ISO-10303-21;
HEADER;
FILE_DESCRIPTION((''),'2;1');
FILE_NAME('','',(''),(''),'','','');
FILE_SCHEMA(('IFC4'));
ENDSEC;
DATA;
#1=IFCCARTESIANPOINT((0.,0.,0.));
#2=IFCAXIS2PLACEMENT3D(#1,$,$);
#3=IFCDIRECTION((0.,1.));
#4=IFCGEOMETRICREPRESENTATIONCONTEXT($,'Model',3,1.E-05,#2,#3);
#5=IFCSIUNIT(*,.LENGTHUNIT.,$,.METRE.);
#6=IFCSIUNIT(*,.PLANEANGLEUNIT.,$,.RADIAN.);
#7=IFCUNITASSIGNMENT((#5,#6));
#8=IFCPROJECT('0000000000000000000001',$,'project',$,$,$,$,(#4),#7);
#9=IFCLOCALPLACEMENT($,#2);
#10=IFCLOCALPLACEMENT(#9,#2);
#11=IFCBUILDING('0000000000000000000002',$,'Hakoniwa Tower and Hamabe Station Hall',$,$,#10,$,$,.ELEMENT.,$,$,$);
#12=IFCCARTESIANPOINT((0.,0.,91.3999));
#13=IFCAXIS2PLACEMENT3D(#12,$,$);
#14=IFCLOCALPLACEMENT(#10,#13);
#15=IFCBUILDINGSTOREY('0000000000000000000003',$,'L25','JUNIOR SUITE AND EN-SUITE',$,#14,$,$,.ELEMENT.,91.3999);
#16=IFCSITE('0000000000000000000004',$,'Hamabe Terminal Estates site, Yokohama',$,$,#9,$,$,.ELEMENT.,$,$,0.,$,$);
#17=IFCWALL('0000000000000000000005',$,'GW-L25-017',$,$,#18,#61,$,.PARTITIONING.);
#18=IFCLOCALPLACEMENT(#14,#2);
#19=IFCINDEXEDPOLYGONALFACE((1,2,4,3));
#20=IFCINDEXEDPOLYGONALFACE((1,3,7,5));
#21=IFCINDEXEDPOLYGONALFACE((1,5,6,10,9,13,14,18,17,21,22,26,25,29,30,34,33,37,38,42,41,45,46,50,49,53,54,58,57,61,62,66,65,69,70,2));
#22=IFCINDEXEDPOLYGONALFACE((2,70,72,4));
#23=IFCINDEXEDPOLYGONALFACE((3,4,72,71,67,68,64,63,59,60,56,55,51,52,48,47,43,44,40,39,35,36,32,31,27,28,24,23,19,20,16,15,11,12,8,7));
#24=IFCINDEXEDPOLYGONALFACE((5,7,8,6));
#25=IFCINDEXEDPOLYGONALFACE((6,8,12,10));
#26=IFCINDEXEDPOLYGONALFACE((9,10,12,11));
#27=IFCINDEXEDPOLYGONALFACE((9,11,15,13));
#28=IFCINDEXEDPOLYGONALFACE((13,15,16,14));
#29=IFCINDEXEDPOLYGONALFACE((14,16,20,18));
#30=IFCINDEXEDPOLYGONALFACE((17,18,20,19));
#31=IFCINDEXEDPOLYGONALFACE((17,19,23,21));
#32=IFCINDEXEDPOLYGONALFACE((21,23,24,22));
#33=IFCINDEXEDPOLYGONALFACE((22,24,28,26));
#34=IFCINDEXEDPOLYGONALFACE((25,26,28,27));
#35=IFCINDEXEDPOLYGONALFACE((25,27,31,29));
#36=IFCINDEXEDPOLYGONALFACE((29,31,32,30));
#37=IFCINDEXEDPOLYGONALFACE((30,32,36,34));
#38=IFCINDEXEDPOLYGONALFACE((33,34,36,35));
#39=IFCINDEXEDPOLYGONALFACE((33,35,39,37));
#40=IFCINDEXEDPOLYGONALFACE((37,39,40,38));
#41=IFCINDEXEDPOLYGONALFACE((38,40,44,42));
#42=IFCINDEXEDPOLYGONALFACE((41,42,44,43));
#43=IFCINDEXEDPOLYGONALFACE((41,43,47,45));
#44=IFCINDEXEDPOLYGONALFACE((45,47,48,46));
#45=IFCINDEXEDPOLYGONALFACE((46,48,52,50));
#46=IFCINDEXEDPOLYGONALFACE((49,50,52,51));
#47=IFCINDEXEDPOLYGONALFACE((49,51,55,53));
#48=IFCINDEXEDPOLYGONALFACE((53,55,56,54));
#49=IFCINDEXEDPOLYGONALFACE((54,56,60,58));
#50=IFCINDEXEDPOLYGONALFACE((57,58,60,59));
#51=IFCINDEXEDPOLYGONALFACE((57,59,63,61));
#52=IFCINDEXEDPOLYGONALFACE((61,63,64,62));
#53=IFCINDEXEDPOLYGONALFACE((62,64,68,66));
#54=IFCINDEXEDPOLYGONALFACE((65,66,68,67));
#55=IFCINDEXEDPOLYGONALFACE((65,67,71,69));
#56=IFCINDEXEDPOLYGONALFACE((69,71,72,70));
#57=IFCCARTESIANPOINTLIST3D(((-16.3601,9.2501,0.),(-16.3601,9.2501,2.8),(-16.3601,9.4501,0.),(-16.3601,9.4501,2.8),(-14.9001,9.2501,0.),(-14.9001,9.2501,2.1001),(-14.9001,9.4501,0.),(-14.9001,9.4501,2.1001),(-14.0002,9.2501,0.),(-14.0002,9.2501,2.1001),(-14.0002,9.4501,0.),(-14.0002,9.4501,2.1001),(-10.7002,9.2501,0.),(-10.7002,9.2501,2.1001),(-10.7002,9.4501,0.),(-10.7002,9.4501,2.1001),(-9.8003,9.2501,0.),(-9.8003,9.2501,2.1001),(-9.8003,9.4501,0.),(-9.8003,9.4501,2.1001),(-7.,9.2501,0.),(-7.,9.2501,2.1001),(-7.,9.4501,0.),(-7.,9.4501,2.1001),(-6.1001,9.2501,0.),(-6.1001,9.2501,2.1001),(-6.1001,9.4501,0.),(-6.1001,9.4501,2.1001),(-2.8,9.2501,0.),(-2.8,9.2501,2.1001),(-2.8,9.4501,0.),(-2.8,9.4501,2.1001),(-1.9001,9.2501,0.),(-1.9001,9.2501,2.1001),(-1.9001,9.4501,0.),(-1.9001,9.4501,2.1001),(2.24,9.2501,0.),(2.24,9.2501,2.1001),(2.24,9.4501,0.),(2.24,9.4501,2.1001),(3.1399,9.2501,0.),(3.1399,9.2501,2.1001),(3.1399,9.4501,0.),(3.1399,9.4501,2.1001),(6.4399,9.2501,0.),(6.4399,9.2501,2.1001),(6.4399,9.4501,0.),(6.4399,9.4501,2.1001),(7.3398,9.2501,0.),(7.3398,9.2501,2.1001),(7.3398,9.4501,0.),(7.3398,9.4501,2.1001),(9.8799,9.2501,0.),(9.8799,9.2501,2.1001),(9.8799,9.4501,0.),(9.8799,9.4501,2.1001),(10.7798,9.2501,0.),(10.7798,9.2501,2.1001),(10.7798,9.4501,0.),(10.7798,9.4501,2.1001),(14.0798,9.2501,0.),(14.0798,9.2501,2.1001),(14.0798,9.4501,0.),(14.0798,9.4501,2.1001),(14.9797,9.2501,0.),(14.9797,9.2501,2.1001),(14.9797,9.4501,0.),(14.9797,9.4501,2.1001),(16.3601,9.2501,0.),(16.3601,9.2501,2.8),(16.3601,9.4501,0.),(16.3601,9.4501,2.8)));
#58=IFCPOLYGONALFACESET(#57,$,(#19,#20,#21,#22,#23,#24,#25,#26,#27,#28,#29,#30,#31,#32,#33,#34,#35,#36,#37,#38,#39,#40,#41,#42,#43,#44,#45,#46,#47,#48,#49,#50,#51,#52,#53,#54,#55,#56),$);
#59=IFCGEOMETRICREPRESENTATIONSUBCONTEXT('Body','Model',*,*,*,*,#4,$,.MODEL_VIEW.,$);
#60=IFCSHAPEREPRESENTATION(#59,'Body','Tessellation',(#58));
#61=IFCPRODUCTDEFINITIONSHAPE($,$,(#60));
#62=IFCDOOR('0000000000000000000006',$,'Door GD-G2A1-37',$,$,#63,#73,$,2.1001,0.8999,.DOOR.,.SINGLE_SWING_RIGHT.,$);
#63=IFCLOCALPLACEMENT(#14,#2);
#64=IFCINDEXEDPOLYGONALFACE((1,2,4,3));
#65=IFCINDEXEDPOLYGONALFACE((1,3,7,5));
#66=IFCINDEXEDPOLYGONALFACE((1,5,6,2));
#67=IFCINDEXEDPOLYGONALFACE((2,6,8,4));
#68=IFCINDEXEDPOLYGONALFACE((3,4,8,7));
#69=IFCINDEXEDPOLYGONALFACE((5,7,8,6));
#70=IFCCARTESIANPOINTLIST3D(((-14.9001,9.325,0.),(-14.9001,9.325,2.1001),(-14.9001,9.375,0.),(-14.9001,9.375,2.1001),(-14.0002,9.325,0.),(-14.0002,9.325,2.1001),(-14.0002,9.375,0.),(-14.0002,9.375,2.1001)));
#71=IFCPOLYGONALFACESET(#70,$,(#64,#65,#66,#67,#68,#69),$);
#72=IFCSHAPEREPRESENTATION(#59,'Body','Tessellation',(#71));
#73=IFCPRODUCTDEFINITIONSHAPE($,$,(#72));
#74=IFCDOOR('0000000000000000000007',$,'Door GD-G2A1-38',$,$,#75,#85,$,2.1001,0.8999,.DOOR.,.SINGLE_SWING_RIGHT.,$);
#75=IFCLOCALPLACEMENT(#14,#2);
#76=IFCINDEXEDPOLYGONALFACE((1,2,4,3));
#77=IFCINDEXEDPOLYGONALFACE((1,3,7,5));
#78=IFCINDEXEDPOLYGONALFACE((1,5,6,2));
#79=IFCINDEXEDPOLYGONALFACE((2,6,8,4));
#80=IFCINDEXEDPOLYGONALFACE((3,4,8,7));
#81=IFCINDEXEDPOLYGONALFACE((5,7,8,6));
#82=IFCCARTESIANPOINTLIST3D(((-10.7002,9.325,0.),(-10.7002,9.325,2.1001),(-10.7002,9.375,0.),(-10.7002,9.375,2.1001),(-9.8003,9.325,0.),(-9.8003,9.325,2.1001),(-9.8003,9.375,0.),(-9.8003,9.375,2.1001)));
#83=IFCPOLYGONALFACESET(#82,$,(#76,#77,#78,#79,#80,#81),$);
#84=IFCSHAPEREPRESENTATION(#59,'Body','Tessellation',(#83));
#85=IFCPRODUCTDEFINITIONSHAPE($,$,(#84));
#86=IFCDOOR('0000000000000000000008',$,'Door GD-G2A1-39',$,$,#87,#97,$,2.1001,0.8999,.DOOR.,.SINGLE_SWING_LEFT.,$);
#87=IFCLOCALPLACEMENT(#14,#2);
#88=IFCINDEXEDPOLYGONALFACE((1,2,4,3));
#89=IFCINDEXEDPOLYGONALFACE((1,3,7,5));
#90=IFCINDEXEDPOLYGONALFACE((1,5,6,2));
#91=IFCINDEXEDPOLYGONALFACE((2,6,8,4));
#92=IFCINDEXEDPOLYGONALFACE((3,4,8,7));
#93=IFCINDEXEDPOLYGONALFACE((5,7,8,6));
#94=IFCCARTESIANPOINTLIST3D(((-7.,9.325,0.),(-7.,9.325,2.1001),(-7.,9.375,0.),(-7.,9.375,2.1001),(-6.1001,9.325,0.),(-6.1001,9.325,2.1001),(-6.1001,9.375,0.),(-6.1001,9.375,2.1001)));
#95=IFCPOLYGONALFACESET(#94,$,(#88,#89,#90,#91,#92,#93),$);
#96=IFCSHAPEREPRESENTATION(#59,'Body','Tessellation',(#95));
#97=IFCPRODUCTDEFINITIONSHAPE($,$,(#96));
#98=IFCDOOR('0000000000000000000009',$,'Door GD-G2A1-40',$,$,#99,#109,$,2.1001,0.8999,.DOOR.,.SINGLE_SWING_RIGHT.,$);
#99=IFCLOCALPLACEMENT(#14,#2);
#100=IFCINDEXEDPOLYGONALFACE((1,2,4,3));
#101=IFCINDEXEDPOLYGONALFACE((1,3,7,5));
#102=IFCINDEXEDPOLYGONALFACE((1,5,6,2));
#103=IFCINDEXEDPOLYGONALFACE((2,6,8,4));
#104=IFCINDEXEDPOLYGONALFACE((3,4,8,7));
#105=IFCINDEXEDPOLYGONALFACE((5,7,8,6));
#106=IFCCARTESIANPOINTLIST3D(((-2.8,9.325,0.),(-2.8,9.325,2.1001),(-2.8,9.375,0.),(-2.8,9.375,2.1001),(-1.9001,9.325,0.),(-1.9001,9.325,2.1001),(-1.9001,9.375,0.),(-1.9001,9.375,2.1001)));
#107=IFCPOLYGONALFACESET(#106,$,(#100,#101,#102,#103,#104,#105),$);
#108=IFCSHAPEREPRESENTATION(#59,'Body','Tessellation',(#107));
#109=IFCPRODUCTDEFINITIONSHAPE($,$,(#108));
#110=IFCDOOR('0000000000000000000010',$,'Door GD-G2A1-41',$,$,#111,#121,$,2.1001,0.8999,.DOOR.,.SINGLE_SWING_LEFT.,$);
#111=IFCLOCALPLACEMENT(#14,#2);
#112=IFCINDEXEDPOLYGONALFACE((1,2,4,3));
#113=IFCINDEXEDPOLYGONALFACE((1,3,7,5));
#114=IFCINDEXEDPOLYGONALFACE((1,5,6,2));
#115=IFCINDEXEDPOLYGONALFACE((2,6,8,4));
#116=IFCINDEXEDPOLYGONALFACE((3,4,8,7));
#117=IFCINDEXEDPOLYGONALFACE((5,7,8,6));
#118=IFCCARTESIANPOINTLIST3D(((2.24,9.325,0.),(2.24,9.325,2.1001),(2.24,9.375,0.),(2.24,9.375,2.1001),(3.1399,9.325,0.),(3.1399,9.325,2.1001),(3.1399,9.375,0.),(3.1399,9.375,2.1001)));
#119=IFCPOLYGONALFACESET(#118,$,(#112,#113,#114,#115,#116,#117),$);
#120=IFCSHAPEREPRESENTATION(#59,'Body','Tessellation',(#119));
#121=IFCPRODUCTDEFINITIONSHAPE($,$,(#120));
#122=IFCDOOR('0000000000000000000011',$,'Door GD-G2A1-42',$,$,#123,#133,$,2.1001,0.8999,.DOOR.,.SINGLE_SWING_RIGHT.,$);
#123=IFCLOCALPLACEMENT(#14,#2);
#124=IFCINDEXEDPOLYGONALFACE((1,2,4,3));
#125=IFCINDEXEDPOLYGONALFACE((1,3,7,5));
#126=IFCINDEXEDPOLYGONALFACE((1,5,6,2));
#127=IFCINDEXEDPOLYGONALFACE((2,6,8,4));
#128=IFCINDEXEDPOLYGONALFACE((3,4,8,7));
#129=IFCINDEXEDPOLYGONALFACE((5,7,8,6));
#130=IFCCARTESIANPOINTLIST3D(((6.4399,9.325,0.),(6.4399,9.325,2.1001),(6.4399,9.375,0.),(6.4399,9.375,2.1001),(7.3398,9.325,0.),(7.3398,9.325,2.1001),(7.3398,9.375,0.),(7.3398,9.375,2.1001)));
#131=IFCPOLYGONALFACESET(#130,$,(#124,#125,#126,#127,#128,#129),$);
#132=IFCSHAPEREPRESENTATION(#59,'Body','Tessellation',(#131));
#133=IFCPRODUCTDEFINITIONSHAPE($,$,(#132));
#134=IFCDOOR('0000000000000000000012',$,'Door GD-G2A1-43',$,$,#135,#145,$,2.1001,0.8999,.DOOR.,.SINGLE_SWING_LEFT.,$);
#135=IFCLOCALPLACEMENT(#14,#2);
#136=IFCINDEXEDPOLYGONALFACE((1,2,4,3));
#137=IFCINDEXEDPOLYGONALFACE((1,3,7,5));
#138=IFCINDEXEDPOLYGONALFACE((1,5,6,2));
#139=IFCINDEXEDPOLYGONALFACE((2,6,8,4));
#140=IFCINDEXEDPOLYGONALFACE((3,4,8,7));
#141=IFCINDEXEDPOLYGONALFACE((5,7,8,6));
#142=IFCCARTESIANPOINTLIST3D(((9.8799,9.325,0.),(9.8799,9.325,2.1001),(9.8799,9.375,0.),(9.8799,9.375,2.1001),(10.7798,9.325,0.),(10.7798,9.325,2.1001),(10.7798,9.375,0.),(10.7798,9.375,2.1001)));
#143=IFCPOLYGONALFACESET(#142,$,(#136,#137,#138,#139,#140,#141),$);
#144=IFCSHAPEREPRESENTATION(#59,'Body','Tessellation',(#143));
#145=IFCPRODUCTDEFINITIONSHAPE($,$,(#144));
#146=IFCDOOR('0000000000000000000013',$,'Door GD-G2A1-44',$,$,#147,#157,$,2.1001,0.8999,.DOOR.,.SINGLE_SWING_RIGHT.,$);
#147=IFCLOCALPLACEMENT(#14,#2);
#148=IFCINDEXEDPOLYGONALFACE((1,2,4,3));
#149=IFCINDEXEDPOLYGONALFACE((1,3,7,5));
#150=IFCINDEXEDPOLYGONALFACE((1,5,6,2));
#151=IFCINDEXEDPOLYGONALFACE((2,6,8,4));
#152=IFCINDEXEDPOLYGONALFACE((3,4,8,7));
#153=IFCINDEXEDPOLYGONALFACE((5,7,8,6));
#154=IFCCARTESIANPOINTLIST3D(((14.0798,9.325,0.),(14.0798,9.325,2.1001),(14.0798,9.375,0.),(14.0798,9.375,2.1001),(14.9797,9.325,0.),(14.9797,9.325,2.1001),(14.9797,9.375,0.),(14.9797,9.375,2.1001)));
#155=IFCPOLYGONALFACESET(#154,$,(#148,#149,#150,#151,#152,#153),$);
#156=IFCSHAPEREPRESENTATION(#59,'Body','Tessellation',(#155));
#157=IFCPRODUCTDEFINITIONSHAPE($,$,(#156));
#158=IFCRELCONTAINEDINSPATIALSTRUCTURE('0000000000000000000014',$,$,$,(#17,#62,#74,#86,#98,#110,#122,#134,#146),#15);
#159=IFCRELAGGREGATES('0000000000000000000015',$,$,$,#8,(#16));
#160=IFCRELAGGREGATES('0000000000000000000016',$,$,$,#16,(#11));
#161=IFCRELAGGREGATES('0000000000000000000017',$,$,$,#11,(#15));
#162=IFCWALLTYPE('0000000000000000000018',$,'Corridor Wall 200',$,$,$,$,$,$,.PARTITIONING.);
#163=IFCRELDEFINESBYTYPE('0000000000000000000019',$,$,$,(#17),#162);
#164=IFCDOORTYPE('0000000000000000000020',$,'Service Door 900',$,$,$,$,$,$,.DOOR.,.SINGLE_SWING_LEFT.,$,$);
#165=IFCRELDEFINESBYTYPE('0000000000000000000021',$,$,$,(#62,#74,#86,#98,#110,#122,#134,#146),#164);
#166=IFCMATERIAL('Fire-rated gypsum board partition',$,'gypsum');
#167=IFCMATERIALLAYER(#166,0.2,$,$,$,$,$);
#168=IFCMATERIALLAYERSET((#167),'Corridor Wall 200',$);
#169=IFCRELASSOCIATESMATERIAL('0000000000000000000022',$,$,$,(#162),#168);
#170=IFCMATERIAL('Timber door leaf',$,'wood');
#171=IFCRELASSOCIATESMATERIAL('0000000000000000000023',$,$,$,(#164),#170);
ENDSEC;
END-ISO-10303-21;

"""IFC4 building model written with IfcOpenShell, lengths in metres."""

from ifc_helpers import new_model, si_unit, direction, frame, frame_2d, origin, place, context, subcontext, project, spatial, rectangle, extrude, material, layer, layer_set, type_object, element, fill, save


model = new_model("IFC4")

# Units and contexts
model_context = context("Model", 3, precision=1e-05, world=origin(), true_north=direction((0.0, 1.0)))
body_context = subcontext(model_context, "Body", "Model", "MODEL_VIEW")
ifc_project = project(units=[si_unit("LENGTHUNIT", "METRE"), si_unit("PLANEANGLEUNIT", "RADIAN")], contexts=[model_context])

# Site, building, storey
site_placement = place(None, origin())
site = spatial("IfcSite", under=ifc_project, at=site_placement, Name="Hamabe Terminal Estates site, Yokohama", CompositionType="ELEMENT", RefElevation=0.0)
building_placement = place(site_placement, origin())
building = spatial("IfcBuilding", under=site, at=building_placement, Name="Hakoniwa Tower and Hamabe Station Hall", CompositionType="ELEMENT")
storey_placement = place(building_placement, frame((0.0, 0.0, 91.3999)))
storey = spatial("IfcBuildingStorey", under=building, at=storey_placement, Name="L25", Description="JUNIOR SUITE AND EN-SUITE", CompositionType="ELEMENT", Elevation=91.3999)

# Wall, openings, doors
ifc_material_1 = material(Name="Fire-rated gypsum board partition", Category="gypsum")
ifc_layer_1 = layer(ifc_material_1, 0.2)
ifc_layer_set_1 = layer_set([ifc_layer_1], Name="Corridor Wall 200")
wall_type_1 = type_object("IfcWallType", Name="Corridor Wall 200", PredefinedType="PARTITIONING", material=ifc_layer_set_1)
wall_1_placement = place(storey_placement, frame((-16.3601, 9.3501, 0.0), z_axis=(0.0, 0.0, 1.0), x_axis=(1.0, 0.0, 0.0)))
wall_1 = element("IfcWall", 1, at=wall_1_placement, inside=storey, type_object=wall_type_1, Name="GW-L25-017", PredefinedType="PARTITIONING", context=body_context, shape_type="SweptSolid", body=[
    extrude(rectangle(XDim=32.7202, YDim=0.2, at=frame_2d((16.3601, 0.0))), origin(), (0.0, 0.0, 1.0), 2.8),
])
opening_1_placement = place(wall_1_placement, frame((1.46, 0.0, 0.0)))
opening_1 = element("IfcOpeningElement", 2, at=opening_1_placement, cuts=wall_1, PredefinedType="OPENING", context=body_context, shape_type="SweptSolid", body=[
    extrude(rectangle(XDim=0.8999, YDim=2.1001, at=frame_2d((0.45, 1.05))), frame((0.0, 0.1099, 0.0), z_axis=(0.0, -1.0, 0.0), x_axis=(1.0, 0.0, 0.0)), (0.0, 0.0, 1.0), 0.22),
])
opening_2_placement = place(wall_1_placement, frame((5.6599, 0.0, 0.0)))
opening_2 = element("IfcOpeningElement", 3, at=opening_2_placement, cuts=wall_1, PredefinedType="OPENING", context=body_context, shape_type="SweptSolid", body=[
    extrude(rectangle(XDim=0.8999, YDim=2.1001, at=frame_2d((0.45, 1.05))), frame((0.0, 0.1099, 0.0), z_axis=(0.0, -1.0, 0.0), x_axis=(1.0, 0.0, 0.0)), (0.0, 0.0, 1.0), 0.22),
])
opening_3_placement = place(wall_1_placement, frame((9.3601, 0.0, 0.0)))
opening_3 = element("IfcOpeningElement", 4, at=opening_3_placement, cuts=wall_1, PredefinedType="OPENING", context=body_context, shape_type="SweptSolid", body=[
    extrude(rectangle(XDim=0.8999, YDim=2.1001, at=frame_2d((0.45, 1.05))), frame((0.0, 0.1099, 0.0), z_axis=(0.0, -1.0, 0.0), x_axis=(1.0, 0.0, 0.0)), (0.0, 0.0, 1.0), 0.22),
])
opening_4_placement = place(wall_1_placement, frame((13.5601, 0.0, 0.0)))
opening_4 = element("IfcOpeningElement", 5, at=opening_4_placement, cuts=wall_1, PredefinedType="OPENING", context=body_context, shape_type="SweptSolid", body=[
    extrude(rectangle(XDim=0.8999, YDim=2.1001, at=frame_2d((0.45, 1.05))), frame((0.0, 0.1099, 0.0), z_axis=(0.0, -1.0, 0.0), x_axis=(1.0, 0.0, 0.0)), (0.0, 0.0, 1.0), 0.22),
])
opening_5_placement = place(wall_1_placement, frame((18.6001, 0.0, 0.0)))
opening_5 = element("IfcOpeningElement", 6, at=opening_5_placement, cuts=wall_1, PredefinedType="OPENING", context=body_context, shape_type="SweptSolid", body=[
    extrude(rectangle(XDim=0.8999, YDim=2.1001, at=frame_2d((0.45, 1.05))), frame((0.0, 0.1099, 0.0), z_axis=(0.0, -1.0, 0.0), x_axis=(1.0, 0.0, 0.0)), (0.0, 0.0, 1.0), 0.22),
])
opening_6_placement = place(wall_1_placement, frame((22.8, 0.0, 0.0)))
opening_6 = element("IfcOpeningElement", 7, at=opening_6_placement, cuts=wall_1, PredefinedType="OPENING", context=body_context, shape_type="SweptSolid", body=[
    extrude(rectangle(XDim=0.8999, YDim=2.1001, at=frame_2d((0.45, 1.05))), frame((0.0, 0.1099, 0.0), z_axis=(0.0, -1.0, 0.0), x_axis=(1.0, 0.0, 0.0)), (0.0, 0.0, 1.0), 0.22),
])
opening_7_placement = place(wall_1_placement, frame((26.24, 0.0, 0.0)))
opening_7 = element("IfcOpeningElement", 8, at=opening_7_placement, cuts=wall_1, PredefinedType="OPENING", context=body_context, shape_type="SweptSolid", body=[
    extrude(rectangle(XDim=0.8999, YDim=2.1001, at=frame_2d((0.45, 1.05))), frame((0.0, 0.1099, 0.0), z_axis=(0.0, -1.0, 0.0), x_axis=(1.0, 0.0, 0.0)), (0.0, 0.0, 1.0), 0.22),
])
opening_8_placement = place(wall_1_placement, frame((30.4399, 0.0, 0.0)))
opening_8 = element("IfcOpeningElement", 9, at=opening_8_placement, cuts=wall_1, PredefinedType="OPENING", context=body_context, shape_type="SweptSolid", body=[
    extrude(rectangle(XDim=0.8999, YDim=2.1001, at=frame_2d((0.45, 1.05))), frame((0.0, 0.1099, 0.0), z_axis=(0.0, -1.0, 0.0), x_axis=(1.0, 0.0, 0.0)), (0.0, 0.0, 1.0), 0.22),
])
ifc_material_2 = material(Name="Timber door leaf", Category="wood")
door_type = type_object("IfcDoorType", Name="Service Door 900", OperationType="SINGLE_SWING_LEFT", PredefinedType="DOOR", material=ifc_material_2)
door_1_placement = place(opening_1_placement, origin())
door_1 = element("IfcDoor", 10, at=door_1_placement, inside=storey, type_object=door_type, Name="Door GD-G2A1-37", OperationType="SINGLE_SWING_RIGHT", OverallHeight=2.1001, OverallWidth=0.8999, PredefinedType="DOOR", context=body_context, shape_type="SweptSolid", body=[
    extrude(rectangle(XDim=0.8999, YDim=2.1001, at=frame_2d((0.45, 1.05))), frame((0.0, 0.0249, 0.0), z_axis=(0.0, -1.0, 0.0), x_axis=(1.0, 0.0, 0.0)), (0.0, 0.0, 1.0), 0.05),
])
fill(opening_1, door_1)
door_2_placement = place(opening_2_placement, origin())
door_2 = element("IfcDoor", 11, at=door_2_placement, inside=storey, type_object=door_type, Name="Door GD-G2A1-38", OperationType="SINGLE_SWING_RIGHT", OverallHeight=2.1001, OverallWidth=0.8999, PredefinedType="DOOR", context=body_context, shape_type="SweptSolid", body=[
    extrude(rectangle(XDim=0.8999, YDim=2.1001, at=frame_2d((0.45, 1.05))), frame((0.0, 0.0249, 0.0), z_axis=(0.0, -1.0, 0.0), x_axis=(1.0, 0.0, 0.0)), (0.0, 0.0, 1.0), 0.05),
])
fill(opening_2, door_2)
door_3_placement = place(opening_3_placement, origin())
door_3 = element("IfcDoor", 12, at=door_3_placement, inside=storey, type_object=door_type, Name="Door GD-G2A1-39", OperationType="SINGLE_SWING_LEFT", OverallHeight=2.1001, OverallWidth=0.8999, PredefinedType="DOOR", context=body_context, shape_type="SweptSolid", body=[
    extrude(rectangle(XDim=0.8999, YDim=2.1001, at=frame_2d((0.45, 1.05))), frame((0.0, 0.0249, 0.0), z_axis=(0.0, -1.0, 0.0), x_axis=(1.0, 0.0, 0.0)), (0.0, 0.0, 1.0), 0.05),
])
fill(opening_3, door_3)
door_4_placement = place(opening_4_placement, origin())
door_4 = element("IfcDoor", 13, at=door_4_placement, inside=storey, type_object=door_type, Name="Door GD-G2A1-40", OperationType="SINGLE_SWING_RIGHT", OverallHeight=2.1001, OverallWidth=0.8999, PredefinedType="DOOR", context=body_context, shape_type="SweptSolid", body=[
    extrude(rectangle(XDim=0.8999, YDim=2.1001, at=frame_2d((0.45, 1.05))), frame((0.0, 0.0249, 0.0), z_axis=(0.0, -1.0, 0.0), x_axis=(1.0, 0.0, 0.0)), (0.0, 0.0, 1.0), 0.05),
])
fill(opening_4, door_4)
door_5_placement = place(opening_5_placement, origin())
door_5 = element("IfcDoor", 14, at=door_5_placement, inside=storey, type_object=door_type, Name="Door GD-G2A1-41", OperationType="SINGLE_SWING_LEFT", OverallHeight=2.1001, OverallWidth=0.8999, PredefinedType="DOOR", context=body_context, shape_type="SweptSolid", body=[
    extrude(rectangle(XDim=0.8999, YDim=2.1001, at=frame_2d((0.45, 1.05))), frame((0.0, 0.0249, 0.0), z_axis=(0.0, -1.0, 0.0), x_axis=(1.0, 0.0, 0.0)), (0.0, 0.0, 1.0), 0.05),
])
fill(opening_5, door_5)
door_6_placement = place(opening_6_placement, origin())
door_6 = element("IfcDoor", 15, at=door_6_placement, inside=storey, type_object=door_type, Name="Door GD-G2A1-42", OperationType="SINGLE_SWING_RIGHT", OverallHeight=2.1001, OverallWidth=0.8999, PredefinedType="DOOR", context=body_context, shape_type="SweptSolid", body=[
    extrude(rectangle(XDim=0.8999, YDim=2.1001, at=frame_2d((0.45, 1.05))), frame((0.0, 0.0249, 0.0), z_axis=(0.0, -1.0, 0.0), x_axis=(1.0, 0.0, 0.0)), (0.0, 0.0, 1.0), 0.05),
])
fill(opening_6, door_6)
door_7_placement = place(opening_7_placement, origin())
door_7 = element("IfcDoor", 16, at=door_7_placement, inside=storey, type_object=door_type, Name="Door GD-G2A1-43", OperationType="SINGLE_SWING_LEFT", OverallHeight=2.1001, OverallWidth=0.8999, PredefinedType="DOOR", context=body_context, shape_type="SweptSolid", body=[
    extrude(rectangle(XDim=0.8999, YDim=2.1001, at=frame_2d((0.45, 1.05))), frame((0.0, 0.0249, 0.0), z_axis=(0.0, -1.0, 0.0), x_axis=(1.0, 0.0, 0.0)), (0.0, 0.0, 1.0), 0.05),
])
fill(opening_7, door_7)
door_8_placement = place(opening_8_placement, origin())
door_8 = element("IfcDoor", 17, at=door_8_placement, inside=storey, type_object=door_type, Name="Door GD-G2A1-44", OperationType="SINGLE_SWING_RIGHT", OverallHeight=2.1001, OverallWidth=0.8999, PredefinedType="DOOR", context=body_context, shape_type="SweptSolid", body=[
    extrude(rectangle(XDim=0.8999, YDim=2.1001, at=frame_2d((0.45, 1.05))), frame((0.0, 0.0249, 0.0), z_axis=(0.0, -1.0, 0.0), x_axis=(1.0, 0.0, 0.0)), (0.0, 0.0, 1.0), 0.05),
])
fill(opening_8, door_8)

save(model, "model.ifc")
